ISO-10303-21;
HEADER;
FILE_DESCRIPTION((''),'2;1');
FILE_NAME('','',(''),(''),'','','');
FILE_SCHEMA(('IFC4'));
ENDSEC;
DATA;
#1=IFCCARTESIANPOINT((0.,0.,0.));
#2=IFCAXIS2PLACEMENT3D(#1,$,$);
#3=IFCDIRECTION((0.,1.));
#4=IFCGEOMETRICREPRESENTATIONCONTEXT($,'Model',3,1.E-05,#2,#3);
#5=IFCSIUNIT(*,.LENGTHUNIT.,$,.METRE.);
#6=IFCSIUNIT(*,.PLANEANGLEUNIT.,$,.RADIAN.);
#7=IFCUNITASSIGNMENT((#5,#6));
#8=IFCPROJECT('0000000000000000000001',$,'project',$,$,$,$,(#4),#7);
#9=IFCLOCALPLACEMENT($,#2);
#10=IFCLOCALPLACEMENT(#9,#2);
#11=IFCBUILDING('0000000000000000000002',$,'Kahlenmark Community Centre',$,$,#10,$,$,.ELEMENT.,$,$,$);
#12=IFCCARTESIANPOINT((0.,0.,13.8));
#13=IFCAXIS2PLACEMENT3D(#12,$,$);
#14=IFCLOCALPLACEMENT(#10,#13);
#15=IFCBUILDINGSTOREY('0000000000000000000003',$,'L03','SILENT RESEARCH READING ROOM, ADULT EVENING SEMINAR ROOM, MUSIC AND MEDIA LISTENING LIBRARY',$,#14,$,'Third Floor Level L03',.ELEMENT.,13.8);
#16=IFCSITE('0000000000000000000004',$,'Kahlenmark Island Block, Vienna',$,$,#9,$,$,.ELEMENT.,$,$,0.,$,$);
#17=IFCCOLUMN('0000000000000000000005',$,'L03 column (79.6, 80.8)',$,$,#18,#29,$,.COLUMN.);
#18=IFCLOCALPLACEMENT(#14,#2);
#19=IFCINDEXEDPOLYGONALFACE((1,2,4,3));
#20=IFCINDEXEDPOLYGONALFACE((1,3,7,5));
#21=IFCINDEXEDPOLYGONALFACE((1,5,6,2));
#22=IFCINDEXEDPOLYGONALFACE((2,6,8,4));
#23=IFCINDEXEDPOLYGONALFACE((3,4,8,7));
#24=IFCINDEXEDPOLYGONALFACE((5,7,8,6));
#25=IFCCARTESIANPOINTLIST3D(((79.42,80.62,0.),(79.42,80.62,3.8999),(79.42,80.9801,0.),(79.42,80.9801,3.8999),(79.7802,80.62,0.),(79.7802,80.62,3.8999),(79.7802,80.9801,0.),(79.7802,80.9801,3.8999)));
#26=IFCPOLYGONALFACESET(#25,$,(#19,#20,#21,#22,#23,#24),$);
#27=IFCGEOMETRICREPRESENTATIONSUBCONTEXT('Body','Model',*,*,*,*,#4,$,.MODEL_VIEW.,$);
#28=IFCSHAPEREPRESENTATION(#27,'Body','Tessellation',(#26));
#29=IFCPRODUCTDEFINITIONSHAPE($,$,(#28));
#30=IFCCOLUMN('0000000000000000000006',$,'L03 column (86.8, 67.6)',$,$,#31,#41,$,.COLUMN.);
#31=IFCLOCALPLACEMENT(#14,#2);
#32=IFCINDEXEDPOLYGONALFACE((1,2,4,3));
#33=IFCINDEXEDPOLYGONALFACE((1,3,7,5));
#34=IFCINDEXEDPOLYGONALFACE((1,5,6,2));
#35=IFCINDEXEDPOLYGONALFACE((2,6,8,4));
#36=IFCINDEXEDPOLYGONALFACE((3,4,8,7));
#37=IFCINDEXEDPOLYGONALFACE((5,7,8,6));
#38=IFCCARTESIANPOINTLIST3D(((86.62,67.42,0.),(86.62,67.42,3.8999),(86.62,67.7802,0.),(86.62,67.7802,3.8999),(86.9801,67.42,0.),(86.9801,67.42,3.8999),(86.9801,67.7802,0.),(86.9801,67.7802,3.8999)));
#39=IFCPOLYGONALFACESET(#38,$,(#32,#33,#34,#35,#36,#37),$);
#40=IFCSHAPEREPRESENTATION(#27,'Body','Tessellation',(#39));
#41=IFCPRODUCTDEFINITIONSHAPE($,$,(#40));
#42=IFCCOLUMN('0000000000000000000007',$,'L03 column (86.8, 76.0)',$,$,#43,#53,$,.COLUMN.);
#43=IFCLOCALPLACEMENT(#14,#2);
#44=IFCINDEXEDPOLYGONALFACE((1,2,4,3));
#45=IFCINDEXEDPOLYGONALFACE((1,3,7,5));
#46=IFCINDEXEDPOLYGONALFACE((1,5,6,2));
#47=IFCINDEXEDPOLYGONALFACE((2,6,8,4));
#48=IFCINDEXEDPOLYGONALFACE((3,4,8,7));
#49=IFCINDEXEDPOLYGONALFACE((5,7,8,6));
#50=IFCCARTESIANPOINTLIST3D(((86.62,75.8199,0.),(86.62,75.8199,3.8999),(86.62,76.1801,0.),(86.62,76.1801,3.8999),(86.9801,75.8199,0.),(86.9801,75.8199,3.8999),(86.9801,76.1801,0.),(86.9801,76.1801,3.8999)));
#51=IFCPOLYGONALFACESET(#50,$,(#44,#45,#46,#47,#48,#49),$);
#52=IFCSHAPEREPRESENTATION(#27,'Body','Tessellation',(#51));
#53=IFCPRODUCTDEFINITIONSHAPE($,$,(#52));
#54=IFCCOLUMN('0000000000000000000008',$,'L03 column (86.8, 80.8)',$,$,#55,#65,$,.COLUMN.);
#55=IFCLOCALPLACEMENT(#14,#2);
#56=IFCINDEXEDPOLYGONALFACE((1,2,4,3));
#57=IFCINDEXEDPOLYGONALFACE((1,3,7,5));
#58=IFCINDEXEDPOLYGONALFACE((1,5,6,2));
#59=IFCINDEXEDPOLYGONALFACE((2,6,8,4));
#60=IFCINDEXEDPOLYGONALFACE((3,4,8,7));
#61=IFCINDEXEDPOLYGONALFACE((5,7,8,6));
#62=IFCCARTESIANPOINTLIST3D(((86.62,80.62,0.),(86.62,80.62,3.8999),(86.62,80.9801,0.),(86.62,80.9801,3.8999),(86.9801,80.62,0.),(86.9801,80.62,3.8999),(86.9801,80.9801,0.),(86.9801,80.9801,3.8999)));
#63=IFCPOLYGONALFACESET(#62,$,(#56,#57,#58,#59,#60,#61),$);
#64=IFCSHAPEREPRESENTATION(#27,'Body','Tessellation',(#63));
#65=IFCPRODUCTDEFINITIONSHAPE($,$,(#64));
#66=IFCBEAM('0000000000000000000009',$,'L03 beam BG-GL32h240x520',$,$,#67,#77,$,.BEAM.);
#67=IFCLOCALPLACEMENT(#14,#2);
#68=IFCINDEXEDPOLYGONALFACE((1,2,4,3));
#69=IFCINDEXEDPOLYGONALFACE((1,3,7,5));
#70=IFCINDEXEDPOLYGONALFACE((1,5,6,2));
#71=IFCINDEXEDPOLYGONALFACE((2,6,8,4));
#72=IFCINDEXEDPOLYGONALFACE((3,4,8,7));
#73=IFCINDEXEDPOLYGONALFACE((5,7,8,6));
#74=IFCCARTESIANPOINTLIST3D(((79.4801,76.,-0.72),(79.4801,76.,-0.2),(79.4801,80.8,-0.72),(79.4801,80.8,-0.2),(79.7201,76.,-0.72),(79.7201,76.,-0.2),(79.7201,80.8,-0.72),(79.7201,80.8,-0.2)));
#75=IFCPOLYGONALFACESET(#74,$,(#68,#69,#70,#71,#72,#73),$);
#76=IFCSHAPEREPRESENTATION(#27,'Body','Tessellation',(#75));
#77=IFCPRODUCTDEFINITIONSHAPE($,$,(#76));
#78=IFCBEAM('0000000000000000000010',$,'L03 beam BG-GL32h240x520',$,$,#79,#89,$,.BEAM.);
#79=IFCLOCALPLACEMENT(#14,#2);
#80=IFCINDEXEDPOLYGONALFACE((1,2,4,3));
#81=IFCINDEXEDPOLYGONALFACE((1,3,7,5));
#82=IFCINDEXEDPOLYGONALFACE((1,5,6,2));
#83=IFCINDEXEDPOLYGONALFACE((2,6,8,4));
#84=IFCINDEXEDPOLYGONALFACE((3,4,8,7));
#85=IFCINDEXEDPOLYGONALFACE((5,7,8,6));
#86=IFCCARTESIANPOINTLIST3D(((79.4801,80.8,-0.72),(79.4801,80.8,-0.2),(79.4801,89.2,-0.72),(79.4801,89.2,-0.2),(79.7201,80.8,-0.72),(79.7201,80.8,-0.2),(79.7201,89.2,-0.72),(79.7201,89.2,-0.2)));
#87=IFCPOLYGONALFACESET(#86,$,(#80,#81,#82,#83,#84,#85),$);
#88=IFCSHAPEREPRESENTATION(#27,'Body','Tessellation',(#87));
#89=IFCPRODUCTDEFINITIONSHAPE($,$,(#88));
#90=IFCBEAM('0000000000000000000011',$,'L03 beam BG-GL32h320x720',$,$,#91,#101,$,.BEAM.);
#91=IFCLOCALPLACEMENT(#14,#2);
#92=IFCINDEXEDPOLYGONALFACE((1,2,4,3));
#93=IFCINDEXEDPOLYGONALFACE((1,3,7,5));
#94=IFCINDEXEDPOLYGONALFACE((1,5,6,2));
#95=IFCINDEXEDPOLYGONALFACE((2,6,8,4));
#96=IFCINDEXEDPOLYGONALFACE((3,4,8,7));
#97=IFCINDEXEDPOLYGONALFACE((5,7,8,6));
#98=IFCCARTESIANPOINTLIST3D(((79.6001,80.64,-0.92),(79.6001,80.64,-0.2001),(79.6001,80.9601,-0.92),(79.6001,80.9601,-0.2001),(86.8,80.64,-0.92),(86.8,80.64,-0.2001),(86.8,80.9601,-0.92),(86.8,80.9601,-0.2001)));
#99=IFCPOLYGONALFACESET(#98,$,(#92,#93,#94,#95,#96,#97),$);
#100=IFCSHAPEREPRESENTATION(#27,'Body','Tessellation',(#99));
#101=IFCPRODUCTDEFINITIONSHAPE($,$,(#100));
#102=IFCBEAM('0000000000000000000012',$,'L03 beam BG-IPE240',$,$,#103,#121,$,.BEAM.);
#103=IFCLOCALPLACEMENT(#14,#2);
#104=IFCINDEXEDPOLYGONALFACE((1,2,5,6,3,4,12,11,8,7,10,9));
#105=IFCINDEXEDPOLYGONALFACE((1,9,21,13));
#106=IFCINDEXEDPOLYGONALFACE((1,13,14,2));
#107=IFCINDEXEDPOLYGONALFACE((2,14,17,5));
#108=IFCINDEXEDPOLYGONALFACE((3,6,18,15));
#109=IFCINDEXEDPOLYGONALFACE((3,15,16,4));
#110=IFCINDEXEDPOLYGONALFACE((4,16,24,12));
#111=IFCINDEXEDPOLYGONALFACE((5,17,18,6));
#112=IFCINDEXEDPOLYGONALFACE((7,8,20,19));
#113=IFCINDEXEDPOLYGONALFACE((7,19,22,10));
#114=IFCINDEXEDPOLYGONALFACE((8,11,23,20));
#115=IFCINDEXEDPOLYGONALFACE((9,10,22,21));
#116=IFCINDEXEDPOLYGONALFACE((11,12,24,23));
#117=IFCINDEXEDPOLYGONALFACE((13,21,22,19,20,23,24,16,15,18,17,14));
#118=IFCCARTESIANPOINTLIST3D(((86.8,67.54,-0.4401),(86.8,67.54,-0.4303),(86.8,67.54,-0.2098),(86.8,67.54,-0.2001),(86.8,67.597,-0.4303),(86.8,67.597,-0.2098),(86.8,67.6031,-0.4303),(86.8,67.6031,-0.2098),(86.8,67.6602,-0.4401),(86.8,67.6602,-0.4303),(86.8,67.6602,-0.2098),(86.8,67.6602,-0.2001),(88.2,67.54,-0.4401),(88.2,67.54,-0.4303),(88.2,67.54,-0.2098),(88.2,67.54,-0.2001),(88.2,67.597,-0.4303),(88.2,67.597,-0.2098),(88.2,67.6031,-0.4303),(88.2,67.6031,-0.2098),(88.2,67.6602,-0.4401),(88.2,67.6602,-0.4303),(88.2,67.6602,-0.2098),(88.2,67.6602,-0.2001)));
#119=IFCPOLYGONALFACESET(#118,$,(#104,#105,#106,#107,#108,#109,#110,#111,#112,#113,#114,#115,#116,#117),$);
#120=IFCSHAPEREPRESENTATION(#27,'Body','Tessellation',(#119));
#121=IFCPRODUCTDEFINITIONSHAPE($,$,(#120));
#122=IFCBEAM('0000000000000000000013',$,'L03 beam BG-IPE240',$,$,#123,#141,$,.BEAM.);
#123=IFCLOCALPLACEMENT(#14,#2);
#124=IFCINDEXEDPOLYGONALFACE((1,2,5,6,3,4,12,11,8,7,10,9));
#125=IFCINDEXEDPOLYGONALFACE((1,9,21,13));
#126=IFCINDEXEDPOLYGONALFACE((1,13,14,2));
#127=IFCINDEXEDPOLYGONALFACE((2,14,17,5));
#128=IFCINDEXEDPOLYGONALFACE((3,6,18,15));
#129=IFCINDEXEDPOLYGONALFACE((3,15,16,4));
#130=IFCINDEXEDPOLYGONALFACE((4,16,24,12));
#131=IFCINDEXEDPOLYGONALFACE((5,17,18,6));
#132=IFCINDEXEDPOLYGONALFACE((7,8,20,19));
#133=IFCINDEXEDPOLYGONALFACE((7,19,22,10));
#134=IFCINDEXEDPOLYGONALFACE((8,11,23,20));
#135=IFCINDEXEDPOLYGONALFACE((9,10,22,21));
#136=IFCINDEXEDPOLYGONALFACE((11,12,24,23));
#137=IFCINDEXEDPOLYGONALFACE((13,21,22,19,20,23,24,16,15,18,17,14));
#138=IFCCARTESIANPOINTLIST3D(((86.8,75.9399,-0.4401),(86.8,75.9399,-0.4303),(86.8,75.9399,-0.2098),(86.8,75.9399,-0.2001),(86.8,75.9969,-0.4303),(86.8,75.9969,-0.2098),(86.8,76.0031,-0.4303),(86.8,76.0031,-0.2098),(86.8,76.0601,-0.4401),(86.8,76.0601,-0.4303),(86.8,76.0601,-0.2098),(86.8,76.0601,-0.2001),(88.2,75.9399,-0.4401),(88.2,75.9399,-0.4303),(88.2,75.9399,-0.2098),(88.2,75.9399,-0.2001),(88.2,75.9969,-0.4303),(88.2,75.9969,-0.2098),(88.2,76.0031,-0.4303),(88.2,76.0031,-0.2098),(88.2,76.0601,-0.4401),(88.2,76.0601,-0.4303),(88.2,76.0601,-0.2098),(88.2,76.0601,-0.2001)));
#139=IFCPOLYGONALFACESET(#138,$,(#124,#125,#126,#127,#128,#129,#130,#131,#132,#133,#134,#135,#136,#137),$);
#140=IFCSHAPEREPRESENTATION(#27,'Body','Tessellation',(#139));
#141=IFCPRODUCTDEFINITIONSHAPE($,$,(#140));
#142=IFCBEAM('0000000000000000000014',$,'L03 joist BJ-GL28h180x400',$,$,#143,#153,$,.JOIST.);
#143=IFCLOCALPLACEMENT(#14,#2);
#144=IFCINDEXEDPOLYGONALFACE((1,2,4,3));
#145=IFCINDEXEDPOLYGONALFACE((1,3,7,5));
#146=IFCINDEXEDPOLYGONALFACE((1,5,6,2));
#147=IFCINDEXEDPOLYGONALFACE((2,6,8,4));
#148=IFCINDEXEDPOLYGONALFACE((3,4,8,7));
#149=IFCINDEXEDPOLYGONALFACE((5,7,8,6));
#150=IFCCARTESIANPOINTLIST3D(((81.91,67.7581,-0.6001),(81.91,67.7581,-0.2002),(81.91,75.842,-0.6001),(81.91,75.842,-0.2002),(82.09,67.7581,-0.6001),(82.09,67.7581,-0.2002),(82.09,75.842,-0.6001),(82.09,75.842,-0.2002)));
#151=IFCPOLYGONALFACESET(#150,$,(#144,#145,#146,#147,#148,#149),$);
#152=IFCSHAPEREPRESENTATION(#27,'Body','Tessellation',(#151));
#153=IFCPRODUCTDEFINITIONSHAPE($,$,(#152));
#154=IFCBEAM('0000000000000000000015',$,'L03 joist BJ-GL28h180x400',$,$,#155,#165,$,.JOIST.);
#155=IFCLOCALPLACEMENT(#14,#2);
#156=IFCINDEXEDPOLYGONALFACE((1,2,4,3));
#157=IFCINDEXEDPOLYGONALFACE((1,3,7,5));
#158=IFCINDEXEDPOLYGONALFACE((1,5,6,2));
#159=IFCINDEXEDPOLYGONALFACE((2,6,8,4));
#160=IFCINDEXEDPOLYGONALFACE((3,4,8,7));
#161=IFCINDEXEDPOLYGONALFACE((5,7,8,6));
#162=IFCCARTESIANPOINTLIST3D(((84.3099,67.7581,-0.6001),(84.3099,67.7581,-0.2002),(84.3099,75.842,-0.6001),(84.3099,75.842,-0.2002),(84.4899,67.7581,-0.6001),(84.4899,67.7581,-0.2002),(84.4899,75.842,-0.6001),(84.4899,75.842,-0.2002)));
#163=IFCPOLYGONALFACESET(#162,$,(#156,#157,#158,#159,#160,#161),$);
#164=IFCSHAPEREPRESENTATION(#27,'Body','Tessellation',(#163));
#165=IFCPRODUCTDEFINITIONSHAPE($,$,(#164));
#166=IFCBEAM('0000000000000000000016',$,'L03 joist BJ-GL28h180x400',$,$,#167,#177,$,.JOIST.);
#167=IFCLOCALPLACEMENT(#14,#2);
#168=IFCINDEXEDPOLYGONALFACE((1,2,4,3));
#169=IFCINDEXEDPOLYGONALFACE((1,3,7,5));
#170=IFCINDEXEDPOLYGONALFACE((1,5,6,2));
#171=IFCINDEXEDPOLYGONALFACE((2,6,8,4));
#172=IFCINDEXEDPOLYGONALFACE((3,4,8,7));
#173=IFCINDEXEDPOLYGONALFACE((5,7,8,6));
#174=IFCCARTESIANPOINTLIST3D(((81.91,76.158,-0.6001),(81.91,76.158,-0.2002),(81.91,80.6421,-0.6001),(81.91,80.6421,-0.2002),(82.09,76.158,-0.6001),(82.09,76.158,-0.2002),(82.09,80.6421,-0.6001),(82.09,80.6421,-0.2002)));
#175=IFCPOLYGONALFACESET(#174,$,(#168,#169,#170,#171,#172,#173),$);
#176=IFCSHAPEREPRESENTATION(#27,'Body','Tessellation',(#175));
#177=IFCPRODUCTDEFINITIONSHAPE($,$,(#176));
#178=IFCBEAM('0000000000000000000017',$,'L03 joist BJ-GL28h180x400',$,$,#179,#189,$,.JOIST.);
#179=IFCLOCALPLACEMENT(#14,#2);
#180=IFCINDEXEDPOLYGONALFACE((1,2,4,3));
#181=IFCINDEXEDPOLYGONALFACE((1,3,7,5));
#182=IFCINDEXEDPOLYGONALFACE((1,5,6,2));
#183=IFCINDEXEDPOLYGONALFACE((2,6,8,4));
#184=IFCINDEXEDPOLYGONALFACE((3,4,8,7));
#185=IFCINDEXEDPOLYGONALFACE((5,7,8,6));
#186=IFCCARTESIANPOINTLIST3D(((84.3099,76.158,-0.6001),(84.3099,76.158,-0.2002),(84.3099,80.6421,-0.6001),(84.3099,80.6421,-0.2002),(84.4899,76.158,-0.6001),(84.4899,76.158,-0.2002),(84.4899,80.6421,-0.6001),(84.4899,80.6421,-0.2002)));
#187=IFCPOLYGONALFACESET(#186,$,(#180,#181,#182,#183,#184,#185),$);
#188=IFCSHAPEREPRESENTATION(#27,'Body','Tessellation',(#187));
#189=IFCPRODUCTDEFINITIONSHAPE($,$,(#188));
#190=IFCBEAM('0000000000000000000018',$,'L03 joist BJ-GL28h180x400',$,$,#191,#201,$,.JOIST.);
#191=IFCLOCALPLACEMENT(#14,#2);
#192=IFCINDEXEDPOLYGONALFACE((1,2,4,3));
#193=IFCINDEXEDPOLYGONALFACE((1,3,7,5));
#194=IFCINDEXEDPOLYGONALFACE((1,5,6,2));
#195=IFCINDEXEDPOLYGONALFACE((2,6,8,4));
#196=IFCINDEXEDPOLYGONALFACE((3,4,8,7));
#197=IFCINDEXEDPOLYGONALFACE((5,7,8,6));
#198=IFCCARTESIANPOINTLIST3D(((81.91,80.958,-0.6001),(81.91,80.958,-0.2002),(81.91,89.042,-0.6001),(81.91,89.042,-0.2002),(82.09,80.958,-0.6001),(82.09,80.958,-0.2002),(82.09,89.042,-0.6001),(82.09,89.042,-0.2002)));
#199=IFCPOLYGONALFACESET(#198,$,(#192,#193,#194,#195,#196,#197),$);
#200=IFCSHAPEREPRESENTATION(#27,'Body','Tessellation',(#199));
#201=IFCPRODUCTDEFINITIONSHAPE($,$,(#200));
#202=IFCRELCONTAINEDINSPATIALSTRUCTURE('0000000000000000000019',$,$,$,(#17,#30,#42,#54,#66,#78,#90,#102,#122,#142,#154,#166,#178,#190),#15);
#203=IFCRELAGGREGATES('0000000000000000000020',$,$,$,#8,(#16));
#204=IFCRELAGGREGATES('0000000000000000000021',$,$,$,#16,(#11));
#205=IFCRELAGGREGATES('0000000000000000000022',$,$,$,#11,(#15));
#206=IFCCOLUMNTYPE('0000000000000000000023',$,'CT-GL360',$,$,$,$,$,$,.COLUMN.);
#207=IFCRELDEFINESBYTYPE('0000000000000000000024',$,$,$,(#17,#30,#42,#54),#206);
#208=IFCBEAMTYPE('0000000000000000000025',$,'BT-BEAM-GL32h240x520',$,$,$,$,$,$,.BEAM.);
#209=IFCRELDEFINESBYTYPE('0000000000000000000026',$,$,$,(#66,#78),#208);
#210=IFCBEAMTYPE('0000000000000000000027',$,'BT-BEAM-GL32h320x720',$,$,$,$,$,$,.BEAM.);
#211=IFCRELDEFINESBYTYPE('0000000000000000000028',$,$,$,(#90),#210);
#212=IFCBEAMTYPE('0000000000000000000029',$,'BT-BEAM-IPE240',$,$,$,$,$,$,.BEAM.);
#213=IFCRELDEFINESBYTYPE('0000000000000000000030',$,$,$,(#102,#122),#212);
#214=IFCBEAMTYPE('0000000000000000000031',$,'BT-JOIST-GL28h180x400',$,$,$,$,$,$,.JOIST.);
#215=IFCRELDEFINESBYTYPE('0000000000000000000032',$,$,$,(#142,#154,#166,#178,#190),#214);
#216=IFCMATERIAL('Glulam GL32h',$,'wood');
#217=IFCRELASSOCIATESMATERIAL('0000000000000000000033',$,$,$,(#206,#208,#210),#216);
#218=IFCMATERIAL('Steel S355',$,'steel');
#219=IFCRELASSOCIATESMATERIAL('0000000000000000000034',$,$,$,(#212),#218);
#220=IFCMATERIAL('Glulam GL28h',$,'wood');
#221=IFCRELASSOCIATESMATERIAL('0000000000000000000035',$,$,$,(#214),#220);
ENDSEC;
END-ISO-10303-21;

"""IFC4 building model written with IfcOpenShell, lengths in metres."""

from ifc_helpers import new_model, si_unit, direction, frame, origin, origin_2d, place, context, subcontext, project, spatial, rectangle, i_section, extrude, material, material_profile, profile_set, type_object, element, save


model = new_model("IFC4")

# Units and contexts
model_context = context("Model", 3, precision=1e-05, world=origin(), true_north=direction((0.0, 1.0)))
body_context = subcontext(model_context, "Body", "Model", "MODEL_VIEW")
ifc_project = project(units=[si_unit("LENGTHUNIT", "METRE"), si_unit("PLANEANGLEUNIT", "RADIAN")], contexts=[model_context])

# Site, building, storey
site_placement = place(None, origin())
site = spatial("IfcSite", under=ifc_project, at=site_placement, Name="Kahlenmark Island Block, Vienna", CompositionType="ELEMENT", RefElevation=0.0)
building_placement = place(site_placement, origin())
building = spatial("IfcBuilding", under=site, at=building_placement, Name="Kahlenmark Community Centre", CompositionType="ELEMENT")
storey_placement = place(building_placement, frame((0.0, 0.0, 13.8)))
storey = spatial("IfcBuildingStorey", under=building, at=storey_placement, Name="L03", Description="SILENT RESEARCH READING ROOM, ADULT EVENING SEMINAR ROOM, MUSIC AND MEDIA LISTENING LIBRARY", LongName="Third Floor Level L03", CompositionType="ELEMENT", Elevation=13.8)

# Columns
ifc_material_1 = material(Name="Glulam GL32h", Category="wood")
ifc_material_profile_1 = material_profile(ifc_material_1, rectangle(XDim=0.3601, YDim=0.3601, at=origin_2d()), Name="GL32h 360x360")
ifc_profile_set_1 = profile_set([ifc_material_profile_1], Name="Glulam GL32h")
column_type = type_object("IfcColumnType", Name="CT-GL360", PredefinedType="COLUMN", material=ifc_profile_set_1)
for number, where, z_axis, x_axis, name in (
    (1, (79.6001, 80.8, 0.0), (0.0, 0.0, 1.0), (1.0, 0.0, 0.0), "L03 column (79.6, 80.8)"),
    (2, (86.8, 67.6001, 0.0), (0.0, 0.0, 1.0), (1.0, 0.0, 0.0), "L03 column (86.8, 67.6)"),
    (3, (86.8, 76.0, 0.0), (0.0, 0.0, 1.0), (1.0, 0.0, 0.0), "L03 column (86.8, 76.0)"),
    (4, (86.8, 80.8, 0.0), (0.0, 0.0, 1.0), (1.0, 0.0, 0.0), "L03 column (86.8, 80.8)"),
):
    element("IfcColumn", number, at=place(storey_placement, frame(where, z_axis=z_axis, x_axis=x_axis)), inside=storey, type_object=column_type, Name=name, PredefinedType="COLUMN", context=body_context, shape_type="SweptSolid", body=[
        extrude(rectangle(XDim=0.3601, YDim=0.3601, at=origin_2d()), origin(), (0.0, 0.0, 1.0), 3.8999),
    ])

# Beams
ifc_material_profile_2 = material_profile(ifc_material_1, rectangle(XDim=0.24, YDim=0.52, at=origin_2d()), Name="GL32h 240x520")
ifc_profile_set_2 = profile_set([ifc_material_profile_2], Name="Glulam GL32h")
beam_type_1 = type_object("IfcBeamType", Name="BT-BEAM-GL32h240x520", PredefinedType="BEAM", material=ifc_profile_set_2)
beam_1_placement = place(storey_placement, frame((79.6001, 76.0, -0.46), z_axis=(0.0, 1.0, 0.0), x_axis=(-1.0, 0.0, 0.0)))
element("IfcBeam", 5, at=beam_1_placement, inside=storey, type_object=beam_type_1, Name="L03 beam BG-GL32h240x520", PredefinedType="BEAM", context=body_context, shape_type="SweptSolid", body=[
    extrude(rectangle(XDim=0.24, YDim=0.52, at=origin_2d()), origin(), (0.0, 0.0, 1.0), 4.8),
])
beam_2_placement = place(storey_placement, frame((79.6001, 80.8, -0.46), z_axis=(0.0, 1.0, 0.0), x_axis=(-1.0, 0.0, 0.0)))
element("IfcBeam", 6, at=beam_2_placement, inside=storey, type_object=beam_type_1, Name="L03 beam BG-GL32h240x520", PredefinedType="BEAM", context=body_context, shape_type="SweptSolid", body=[
    extrude(rectangle(XDim=0.24, YDim=0.52, at=origin_2d()), origin(), (0.0, 0.0, 1.0), 8.3999),
])
ifc_material_profile_3 = material_profile(ifc_material_1, rectangle(XDim=0.3201, YDim=0.72, at=origin_2d()), Name="GL32h 320x720")
ifc_profile_set_3 = profile_set([ifc_material_profile_3], Name="Glulam GL32h")
beam_type_2 = type_object("IfcBeamType", Name="BT-BEAM-GL32h320x720", PredefinedType="BEAM", material=ifc_profile_set_3)
beam_3_placement = place(storey_placement, frame((79.6001, 80.8, -0.5601), z_axis=(1.0, 0.0, 0.0), x_axis=(0.0, 1.0, 0.0)))
element("IfcBeam", 7, at=beam_3_placement, inside=storey, type_object=beam_type_2, Name="L03 beam BG-GL32h320x720", PredefinedType="BEAM", context=body_context, shape_type="SweptSolid", body=[
    extrude(rectangle(XDim=0.3201, YDim=0.72, at=origin_2d()), origin(), (0.0, 0.0, 1.0), 7.2),
])
ifc_material_2 = material(Name="Steel S355", Category="steel")
ifc_material_profile_4 = material_profile(ifc_material_2, i_section(OverallWidth=0.1201, OverallDepth=0.24, WebThickness=0.0061, FlangeThickness=0.0098, at=origin_2d()), Name="IPE 240")
ifc_profile_set_4 = profile_set([ifc_material_profile_4], Name="Steel S355")
beam_type_3 = type_object("IfcBeamType", Name="BT-BEAM-IPE240", PredefinedType="BEAM", material=ifc_profile_set_4)
for number, where, z_axis, x_axis, name in (
    (8, (86.8, 67.6001, -0.3201), (1.0, 0.0, 0.0), (0.0, 1.0, 0.0), "L03 beam BG-IPE240"),
    (9, (86.8, 76.0, -0.3201), (1.0, 0.0, 0.0), (0.0, 1.0, 0.0), "L03 beam BG-IPE240"),
):
    element("IfcBeam", number, at=place(storey_placement, frame(where, z_axis=z_axis, x_axis=x_axis)), inside=storey, type_object=beam_type_3, Name=name, PredefinedType="BEAM", context=body_context, shape_type="SweptSolid", body=[
        extrude(i_section(OverallWidth=0.1201, OverallDepth=0.24, WebThickness=0.0061, FlangeThickness=0.0098, at=origin_2d()), origin(), (0.0, 0.0, 1.0), 1.3999),
    ])
ifc_material_3 = material(Name="Glulam GL28h", Category="wood")
ifc_material_profile_5 = material_profile(ifc_material_3, rectangle(XDim=0.1799, YDim=0.3999, at=origin_2d()), Name="GL28h 180x400")
ifc_profile_set_5 = profile_set([ifc_material_profile_5], Name="Glulam GL28h")
beam_type_4 = type_object("IfcBeamType", Name="BT-JOIST-GL28h180x400", PredefinedType="JOIST", material=ifc_profile_set_5)
for number, where, z_axis, x_axis, name in (
    (10, (82.0, 67.7581, -0.4001), (0.0, 1.0, 0.0), (-1.0, 0.0, 0.0), "L03 joist BJ-GL28h180x400"),
    (11, (84.3999, 67.7581, -0.4001), (0.0, 1.0, 0.0), (-1.0, 0.0, 0.0), "L03 joist BJ-GL28h180x400"),
):
    element("IfcBeam", number, at=place(storey_placement, frame(where, z_axis=z_axis, x_axis=x_axis)), inside=storey, type_object=beam_type_4, Name=name, PredefinedType="JOIST", context=body_context, shape_type="SweptSolid", body=[
        extrude(rectangle(XDim=0.1799, YDim=0.3999, at=origin_2d()), origin(), (0.0, 0.0, 1.0), 8.084),
    ])
for number, where, z_axis, x_axis, name in (
    (12, (82.0, 76.158, -0.4001), (0.0, 1.0, 0.0), (-1.0, 0.0, 0.0), "L03 joist BJ-GL28h180x400"),
    (13, (84.3999, 76.158, -0.4001), (0.0, 1.0, 0.0), (-1.0, 0.0, 0.0), "L03 joist BJ-GL28h180x400"),
):
    element("IfcBeam", number, at=place(storey_placement, frame(where, z_axis=z_axis, x_axis=x_axis)), inside=storey, type_object=beam_type_4, Name=name, PredefinedType="JOIST", context=body_context, shape_type="SweptSolid", body=[
        extrude(rectangle(XDim=0.1799, YDim=0.3999, at=origin_2d()), origin(), (0.0, 0.0, 1.0), 4.4841),
    ])
for number, where, z_axis, x_axis, name in (
    (14, (82.0, 80.958, -0.4001), (0.0, 1.0, 0.0), (-1.0, 0.0, 0.0), "L03 joist BJ-GL28h180x400"),
):
    element("IfcBeam", number, at=place(storey_placement, frame(where, z_axis=z_axis, x_axis=x_axis)), inside=storey, type_object=beam_type_4, Name=name, PredefinedType="JOIST", context=body_context, shape_type="SweptSolid", body=[
        extrude(rectangle(XDim=0.1799, YDim=0.3999, at=origin_2d()), origin(), (0.0, 0.0, 1.0), 8.084),
    ])

save(model, "model.ifc")
